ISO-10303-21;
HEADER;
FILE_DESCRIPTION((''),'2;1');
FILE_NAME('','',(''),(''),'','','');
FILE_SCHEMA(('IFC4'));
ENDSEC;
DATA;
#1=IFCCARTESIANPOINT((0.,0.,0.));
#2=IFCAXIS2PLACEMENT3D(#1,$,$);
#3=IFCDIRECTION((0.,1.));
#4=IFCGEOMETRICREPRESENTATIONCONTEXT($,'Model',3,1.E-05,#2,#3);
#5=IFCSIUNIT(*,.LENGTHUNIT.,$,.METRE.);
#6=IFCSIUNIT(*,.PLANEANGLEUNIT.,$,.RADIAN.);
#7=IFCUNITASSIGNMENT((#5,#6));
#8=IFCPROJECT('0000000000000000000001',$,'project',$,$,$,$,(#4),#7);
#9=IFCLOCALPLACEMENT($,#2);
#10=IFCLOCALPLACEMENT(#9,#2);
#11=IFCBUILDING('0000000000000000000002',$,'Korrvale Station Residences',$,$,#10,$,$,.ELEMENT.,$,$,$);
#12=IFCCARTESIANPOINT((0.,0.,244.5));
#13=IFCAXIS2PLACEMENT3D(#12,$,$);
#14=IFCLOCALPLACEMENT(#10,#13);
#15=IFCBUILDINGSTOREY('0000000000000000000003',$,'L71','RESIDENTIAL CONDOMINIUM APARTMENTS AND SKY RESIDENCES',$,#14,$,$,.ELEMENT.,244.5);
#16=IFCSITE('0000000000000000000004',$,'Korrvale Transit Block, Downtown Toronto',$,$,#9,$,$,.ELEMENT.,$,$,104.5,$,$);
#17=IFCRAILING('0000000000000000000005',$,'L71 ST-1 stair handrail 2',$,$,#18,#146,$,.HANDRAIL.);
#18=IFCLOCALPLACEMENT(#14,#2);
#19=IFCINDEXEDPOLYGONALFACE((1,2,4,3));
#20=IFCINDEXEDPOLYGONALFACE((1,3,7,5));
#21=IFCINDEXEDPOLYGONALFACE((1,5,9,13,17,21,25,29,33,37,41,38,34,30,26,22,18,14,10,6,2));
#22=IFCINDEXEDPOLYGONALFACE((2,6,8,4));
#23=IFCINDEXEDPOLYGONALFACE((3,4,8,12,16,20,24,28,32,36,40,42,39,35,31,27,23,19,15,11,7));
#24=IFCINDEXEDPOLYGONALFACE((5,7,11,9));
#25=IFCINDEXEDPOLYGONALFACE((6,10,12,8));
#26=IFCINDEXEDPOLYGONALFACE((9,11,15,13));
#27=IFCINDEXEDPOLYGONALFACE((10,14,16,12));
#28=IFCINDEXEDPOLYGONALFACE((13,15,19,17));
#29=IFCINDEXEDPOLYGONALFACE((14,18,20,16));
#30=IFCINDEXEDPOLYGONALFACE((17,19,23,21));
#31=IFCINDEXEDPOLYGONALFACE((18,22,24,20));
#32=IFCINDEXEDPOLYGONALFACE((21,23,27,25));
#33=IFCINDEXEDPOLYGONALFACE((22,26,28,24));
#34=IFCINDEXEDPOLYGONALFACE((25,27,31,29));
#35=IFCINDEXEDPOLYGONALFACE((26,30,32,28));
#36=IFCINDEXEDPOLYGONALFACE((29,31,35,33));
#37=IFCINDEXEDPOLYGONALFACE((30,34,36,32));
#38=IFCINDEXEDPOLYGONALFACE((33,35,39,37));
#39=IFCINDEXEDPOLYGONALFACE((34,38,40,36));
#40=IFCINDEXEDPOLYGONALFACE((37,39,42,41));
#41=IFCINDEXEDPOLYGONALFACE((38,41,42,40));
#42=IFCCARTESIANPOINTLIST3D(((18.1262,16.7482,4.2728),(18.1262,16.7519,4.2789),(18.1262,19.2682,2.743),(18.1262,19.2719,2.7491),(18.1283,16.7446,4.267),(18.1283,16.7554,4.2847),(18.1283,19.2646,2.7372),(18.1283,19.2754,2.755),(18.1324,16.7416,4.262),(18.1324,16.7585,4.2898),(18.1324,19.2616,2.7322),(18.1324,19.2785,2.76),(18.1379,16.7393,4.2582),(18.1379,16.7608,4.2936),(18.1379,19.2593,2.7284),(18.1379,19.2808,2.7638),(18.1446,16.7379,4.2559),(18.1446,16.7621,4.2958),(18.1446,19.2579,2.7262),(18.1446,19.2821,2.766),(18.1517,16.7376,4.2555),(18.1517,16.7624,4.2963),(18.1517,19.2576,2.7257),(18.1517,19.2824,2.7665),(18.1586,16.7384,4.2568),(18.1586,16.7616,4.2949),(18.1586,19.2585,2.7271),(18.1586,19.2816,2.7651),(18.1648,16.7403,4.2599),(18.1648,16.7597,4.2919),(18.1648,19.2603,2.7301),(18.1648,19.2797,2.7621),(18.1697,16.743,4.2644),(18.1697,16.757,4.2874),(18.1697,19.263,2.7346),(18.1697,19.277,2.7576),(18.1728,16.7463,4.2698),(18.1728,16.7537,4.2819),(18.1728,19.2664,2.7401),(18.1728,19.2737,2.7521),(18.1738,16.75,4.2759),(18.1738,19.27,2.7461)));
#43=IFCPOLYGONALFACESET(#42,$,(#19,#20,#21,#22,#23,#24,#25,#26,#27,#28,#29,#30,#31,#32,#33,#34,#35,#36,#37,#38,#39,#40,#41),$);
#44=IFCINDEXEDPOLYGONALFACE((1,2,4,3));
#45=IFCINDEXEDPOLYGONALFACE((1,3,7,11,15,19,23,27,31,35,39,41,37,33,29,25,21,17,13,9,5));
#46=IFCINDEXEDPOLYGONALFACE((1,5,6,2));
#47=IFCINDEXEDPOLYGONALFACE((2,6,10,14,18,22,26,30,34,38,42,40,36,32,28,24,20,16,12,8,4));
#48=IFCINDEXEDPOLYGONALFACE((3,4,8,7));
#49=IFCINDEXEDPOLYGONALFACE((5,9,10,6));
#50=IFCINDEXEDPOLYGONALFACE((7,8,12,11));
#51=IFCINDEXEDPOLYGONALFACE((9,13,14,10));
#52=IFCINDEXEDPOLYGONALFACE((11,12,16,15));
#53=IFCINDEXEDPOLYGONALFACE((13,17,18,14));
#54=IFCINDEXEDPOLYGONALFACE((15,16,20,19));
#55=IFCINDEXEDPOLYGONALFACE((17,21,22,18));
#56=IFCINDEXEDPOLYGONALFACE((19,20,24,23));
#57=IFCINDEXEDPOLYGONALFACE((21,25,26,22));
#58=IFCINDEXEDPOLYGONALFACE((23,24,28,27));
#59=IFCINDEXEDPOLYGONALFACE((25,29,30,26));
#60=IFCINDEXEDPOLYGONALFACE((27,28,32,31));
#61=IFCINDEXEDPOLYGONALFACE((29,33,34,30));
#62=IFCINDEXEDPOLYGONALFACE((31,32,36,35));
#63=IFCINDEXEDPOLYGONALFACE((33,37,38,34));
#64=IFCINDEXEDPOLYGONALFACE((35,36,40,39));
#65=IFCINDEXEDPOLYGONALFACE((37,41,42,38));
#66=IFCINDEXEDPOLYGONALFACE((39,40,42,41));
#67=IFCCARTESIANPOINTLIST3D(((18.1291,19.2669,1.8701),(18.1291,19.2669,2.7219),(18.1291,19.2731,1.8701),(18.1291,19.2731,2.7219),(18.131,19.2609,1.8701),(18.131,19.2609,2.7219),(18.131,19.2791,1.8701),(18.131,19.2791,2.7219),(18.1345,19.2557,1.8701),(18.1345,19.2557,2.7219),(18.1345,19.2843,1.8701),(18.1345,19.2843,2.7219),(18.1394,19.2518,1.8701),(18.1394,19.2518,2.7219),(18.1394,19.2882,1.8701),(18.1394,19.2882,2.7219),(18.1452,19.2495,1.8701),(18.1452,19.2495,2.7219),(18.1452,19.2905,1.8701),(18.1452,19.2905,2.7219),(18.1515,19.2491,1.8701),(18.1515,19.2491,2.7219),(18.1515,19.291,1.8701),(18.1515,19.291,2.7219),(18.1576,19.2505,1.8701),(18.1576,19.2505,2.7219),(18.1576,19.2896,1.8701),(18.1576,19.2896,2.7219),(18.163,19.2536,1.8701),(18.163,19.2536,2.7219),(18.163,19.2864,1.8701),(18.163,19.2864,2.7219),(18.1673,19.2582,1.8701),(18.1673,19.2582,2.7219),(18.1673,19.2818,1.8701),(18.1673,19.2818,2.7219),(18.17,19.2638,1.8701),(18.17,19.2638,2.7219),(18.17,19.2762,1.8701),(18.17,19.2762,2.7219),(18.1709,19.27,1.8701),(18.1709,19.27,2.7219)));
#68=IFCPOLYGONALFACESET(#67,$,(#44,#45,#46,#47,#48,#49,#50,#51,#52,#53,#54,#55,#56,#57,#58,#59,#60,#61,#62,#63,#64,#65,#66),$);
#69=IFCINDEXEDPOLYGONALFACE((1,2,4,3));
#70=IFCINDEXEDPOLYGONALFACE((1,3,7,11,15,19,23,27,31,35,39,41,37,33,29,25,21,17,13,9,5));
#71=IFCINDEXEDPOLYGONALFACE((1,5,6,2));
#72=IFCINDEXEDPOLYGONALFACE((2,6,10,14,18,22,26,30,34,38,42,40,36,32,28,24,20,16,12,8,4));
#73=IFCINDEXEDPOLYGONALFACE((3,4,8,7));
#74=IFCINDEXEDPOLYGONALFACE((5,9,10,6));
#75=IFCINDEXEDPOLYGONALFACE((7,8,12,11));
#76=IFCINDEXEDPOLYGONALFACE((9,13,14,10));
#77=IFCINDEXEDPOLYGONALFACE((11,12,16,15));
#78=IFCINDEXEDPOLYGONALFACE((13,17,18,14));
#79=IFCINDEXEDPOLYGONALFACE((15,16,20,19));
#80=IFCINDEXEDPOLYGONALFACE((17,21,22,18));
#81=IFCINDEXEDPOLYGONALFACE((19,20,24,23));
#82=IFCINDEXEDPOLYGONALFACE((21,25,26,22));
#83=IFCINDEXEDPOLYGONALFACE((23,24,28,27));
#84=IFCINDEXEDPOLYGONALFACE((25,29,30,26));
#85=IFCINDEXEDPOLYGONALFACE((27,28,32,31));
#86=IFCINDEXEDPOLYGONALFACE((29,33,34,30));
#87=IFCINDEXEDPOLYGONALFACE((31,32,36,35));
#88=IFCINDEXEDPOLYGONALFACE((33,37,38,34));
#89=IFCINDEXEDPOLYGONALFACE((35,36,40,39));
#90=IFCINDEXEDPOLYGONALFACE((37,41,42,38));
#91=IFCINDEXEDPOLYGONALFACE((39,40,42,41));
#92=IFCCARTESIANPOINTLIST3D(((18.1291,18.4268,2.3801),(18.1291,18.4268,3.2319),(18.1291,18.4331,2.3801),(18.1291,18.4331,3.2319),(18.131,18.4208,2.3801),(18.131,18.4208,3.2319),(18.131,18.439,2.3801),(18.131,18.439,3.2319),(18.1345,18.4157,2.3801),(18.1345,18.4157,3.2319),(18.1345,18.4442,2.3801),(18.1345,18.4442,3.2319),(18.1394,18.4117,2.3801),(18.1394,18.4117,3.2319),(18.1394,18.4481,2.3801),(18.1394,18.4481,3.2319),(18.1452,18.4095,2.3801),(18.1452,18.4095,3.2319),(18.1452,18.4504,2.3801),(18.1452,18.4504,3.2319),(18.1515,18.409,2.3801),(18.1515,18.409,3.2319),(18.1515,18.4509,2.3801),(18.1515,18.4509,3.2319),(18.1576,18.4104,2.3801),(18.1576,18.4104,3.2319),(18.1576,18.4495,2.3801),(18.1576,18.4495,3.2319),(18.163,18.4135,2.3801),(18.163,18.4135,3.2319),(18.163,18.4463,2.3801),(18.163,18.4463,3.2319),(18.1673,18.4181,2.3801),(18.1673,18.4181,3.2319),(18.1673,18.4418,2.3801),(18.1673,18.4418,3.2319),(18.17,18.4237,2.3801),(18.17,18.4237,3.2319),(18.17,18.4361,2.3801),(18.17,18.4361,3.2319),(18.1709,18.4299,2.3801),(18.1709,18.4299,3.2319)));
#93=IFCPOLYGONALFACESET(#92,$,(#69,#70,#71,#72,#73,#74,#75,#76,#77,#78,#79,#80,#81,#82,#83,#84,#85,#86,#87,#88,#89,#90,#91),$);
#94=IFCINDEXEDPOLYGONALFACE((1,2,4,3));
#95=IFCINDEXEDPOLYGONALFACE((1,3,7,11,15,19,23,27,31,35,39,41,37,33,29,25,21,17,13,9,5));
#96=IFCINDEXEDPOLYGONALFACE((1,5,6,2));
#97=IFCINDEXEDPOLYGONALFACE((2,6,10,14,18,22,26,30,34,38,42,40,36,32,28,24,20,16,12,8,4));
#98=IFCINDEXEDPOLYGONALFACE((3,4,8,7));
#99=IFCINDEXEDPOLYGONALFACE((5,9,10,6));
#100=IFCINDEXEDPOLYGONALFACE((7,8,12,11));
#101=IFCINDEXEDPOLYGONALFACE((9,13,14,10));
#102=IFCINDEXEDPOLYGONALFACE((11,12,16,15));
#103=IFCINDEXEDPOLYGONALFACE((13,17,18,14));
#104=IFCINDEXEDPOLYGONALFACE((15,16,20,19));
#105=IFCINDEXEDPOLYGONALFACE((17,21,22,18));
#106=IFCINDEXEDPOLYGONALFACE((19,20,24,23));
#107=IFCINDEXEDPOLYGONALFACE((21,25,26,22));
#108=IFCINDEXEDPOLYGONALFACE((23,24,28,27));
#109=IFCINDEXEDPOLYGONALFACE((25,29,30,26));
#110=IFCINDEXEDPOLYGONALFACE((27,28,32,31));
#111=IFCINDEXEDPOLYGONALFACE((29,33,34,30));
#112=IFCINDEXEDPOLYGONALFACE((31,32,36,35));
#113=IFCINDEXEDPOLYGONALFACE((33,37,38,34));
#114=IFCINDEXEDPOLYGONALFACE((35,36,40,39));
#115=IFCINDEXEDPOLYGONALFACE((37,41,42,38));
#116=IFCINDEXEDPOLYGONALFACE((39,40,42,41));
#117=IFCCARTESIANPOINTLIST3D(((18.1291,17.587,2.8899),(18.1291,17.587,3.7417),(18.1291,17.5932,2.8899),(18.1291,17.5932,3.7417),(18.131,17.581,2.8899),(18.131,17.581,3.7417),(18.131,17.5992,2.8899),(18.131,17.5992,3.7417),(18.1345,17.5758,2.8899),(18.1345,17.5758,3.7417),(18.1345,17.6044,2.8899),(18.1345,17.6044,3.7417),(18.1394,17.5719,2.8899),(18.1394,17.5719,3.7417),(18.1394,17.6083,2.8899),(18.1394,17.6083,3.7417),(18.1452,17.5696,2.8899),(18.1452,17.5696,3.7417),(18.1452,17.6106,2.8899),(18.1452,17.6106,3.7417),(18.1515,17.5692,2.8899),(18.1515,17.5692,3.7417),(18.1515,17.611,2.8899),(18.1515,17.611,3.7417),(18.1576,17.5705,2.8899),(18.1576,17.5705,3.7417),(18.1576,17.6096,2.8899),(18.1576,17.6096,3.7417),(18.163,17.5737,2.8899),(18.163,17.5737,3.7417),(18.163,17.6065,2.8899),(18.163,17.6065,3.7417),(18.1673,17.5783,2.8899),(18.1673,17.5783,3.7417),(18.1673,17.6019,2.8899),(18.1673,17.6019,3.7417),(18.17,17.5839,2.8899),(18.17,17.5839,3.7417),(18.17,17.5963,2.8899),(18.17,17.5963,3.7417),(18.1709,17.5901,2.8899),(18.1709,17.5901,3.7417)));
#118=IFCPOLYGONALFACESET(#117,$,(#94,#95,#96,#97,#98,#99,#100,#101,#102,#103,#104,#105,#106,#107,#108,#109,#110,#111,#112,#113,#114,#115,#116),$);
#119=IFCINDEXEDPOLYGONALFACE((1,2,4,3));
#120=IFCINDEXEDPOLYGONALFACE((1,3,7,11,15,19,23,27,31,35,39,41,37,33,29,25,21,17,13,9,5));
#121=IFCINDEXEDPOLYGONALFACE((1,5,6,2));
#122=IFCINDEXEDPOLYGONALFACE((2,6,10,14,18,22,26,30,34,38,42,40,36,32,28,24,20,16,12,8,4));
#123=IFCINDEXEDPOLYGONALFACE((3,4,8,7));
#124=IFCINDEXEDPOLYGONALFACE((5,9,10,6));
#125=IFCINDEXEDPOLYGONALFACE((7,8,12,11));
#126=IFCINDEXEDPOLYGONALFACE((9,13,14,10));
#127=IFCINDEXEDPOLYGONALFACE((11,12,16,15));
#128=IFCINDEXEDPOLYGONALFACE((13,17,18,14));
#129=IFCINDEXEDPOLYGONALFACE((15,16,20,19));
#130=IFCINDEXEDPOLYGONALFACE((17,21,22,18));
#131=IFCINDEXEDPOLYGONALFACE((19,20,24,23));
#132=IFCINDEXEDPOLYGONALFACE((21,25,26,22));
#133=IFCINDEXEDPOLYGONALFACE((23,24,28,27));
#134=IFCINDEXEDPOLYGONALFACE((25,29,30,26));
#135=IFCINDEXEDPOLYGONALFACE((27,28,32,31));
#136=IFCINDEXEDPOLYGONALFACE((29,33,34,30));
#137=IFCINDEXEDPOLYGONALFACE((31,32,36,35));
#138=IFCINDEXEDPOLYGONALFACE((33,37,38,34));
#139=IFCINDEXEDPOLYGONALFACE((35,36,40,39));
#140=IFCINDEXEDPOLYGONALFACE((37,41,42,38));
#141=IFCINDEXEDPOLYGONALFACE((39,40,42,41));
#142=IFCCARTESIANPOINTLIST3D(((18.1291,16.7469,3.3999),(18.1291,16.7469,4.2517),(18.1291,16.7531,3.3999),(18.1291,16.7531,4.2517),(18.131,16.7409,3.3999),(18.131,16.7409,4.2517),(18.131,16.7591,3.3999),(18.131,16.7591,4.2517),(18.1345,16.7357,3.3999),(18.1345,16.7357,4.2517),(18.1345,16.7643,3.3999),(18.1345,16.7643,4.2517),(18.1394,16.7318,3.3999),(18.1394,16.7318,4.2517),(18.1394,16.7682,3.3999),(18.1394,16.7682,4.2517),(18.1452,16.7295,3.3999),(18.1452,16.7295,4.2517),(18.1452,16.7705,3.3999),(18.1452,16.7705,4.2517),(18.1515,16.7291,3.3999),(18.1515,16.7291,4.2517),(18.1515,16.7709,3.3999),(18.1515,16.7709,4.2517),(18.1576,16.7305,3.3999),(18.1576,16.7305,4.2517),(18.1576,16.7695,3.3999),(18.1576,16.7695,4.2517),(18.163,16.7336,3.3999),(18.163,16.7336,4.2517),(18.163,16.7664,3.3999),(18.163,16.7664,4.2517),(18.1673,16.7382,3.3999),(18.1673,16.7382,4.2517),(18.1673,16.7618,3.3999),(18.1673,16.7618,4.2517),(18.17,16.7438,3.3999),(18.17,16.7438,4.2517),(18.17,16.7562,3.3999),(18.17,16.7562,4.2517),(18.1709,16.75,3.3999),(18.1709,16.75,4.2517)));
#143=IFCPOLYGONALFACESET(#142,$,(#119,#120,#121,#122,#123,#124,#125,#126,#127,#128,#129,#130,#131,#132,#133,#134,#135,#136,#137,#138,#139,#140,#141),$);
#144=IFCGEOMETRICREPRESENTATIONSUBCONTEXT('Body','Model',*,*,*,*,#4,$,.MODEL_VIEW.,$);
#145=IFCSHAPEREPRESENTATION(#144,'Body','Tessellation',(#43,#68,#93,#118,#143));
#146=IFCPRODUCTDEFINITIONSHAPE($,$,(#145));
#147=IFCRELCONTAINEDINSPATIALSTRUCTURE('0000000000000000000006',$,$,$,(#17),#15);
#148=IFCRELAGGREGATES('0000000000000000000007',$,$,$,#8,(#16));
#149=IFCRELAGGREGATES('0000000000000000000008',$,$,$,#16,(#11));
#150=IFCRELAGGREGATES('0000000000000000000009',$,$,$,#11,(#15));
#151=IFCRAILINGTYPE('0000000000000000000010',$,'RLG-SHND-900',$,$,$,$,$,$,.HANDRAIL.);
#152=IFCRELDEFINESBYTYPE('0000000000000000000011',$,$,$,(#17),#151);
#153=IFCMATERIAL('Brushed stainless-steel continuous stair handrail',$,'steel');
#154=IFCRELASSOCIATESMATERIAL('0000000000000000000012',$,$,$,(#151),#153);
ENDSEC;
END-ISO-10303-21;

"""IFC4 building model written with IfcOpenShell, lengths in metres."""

from ifc_helpers import new_model, si_unit, direction, frame, origin, origin_2d, place, context, subcontext, project, spatial, circle, extrude, material, type_object, element, save


model = new_model("IFC4")

# Units and contexts
model_context = context("Model", 3, precision=1e-05, world=origin(), true_north=direction((0.0, 1.0)))
body_context = subcontext(model_context, "Body", "Model", "MODEL_VIEW")
ifc_project = project(units=[si_unit("LENGTHUNIT", "METRE"), si_unit("PLANEANGLEUNIT", "RADIAN")], contexts=[model_context])

# Site, building, storey
site_placement = place(None, origin())
site = spatial("IfcSite", under=ifc_project, at=site_placement, Name="Korrvale Transit Block, Downtown Toronto", CompositionType="ELEMENT", RefElevation=104.5)
building_placement = place(site_placement, origin())
building = spatial("IfcBuilding", under=site, at=building_placement, Name="Korrvale Station Residences", CompositionType="ELEMENT")
storey_placement = place(building_placement, frame((0.0, 0.0, 244.5)))
storey = spatial("IfcBuildingStorey", under=building, at=storey_placement, Name="L71", Description="RESIDENTIAL CONDOMINIUM APARTMENTS AND SKY RESIDENCES", CompositionType="ELEMENT", Elevation=244.5)

# Railing
ifc_material_1 = material(Name="Brushed stainless-steel continuous stair handrail", Category="steel")
railing_type_1 = type_object("IfcRailingType", Name="RLG-SHND-900", PredefinedType="HANDRAIL", material=ifc_material_1)
railing_1_placement = place(storey_placement, frame((18.1499, 19.27, 1.8701)))
element("IfcRailing", 1, at=railing_1_placement, inside=storey, type_object=railing_type_1, Name="L71 ST-1 stair handrail 2", PredefinedType="HANDRAIL", context=body_context, shape_type="SweptSolid", body=[
    extrude(circle(Radius=0.0239, at=origin_2d()), frame((0.0, 0.0, 0.876), z_axis=(0.0, -0.854822, 0.518922), x_axis=(1.0, 0.0, 0.0)), (0.0, 0.0, 1.0), 2.948),
    extrude(circle(Radius=0.021, at=origin_2d()), origin(), (0.0, 0.0, 1.0), 0.8518),
    extrude(circle(Radius=0.021, at=origin_2d()), frame((0.0, -0.8401, 0.51)), (0.0, 0.0, 1.0), 0.8518),
    extrude(circle(Radius=0.021, at=origin_2d()), frame((0.0, -1.6799, 1.0198)), (0.0, 0.0, 1.0), 0.8518),
    extrude(circle(Radius=0.021, at=origin_2d()), frame((0.0, -2.52, 1.5298)), (0.0, 0.0, 1.0), 0.8518),
])

save(model, "model.ifc")
